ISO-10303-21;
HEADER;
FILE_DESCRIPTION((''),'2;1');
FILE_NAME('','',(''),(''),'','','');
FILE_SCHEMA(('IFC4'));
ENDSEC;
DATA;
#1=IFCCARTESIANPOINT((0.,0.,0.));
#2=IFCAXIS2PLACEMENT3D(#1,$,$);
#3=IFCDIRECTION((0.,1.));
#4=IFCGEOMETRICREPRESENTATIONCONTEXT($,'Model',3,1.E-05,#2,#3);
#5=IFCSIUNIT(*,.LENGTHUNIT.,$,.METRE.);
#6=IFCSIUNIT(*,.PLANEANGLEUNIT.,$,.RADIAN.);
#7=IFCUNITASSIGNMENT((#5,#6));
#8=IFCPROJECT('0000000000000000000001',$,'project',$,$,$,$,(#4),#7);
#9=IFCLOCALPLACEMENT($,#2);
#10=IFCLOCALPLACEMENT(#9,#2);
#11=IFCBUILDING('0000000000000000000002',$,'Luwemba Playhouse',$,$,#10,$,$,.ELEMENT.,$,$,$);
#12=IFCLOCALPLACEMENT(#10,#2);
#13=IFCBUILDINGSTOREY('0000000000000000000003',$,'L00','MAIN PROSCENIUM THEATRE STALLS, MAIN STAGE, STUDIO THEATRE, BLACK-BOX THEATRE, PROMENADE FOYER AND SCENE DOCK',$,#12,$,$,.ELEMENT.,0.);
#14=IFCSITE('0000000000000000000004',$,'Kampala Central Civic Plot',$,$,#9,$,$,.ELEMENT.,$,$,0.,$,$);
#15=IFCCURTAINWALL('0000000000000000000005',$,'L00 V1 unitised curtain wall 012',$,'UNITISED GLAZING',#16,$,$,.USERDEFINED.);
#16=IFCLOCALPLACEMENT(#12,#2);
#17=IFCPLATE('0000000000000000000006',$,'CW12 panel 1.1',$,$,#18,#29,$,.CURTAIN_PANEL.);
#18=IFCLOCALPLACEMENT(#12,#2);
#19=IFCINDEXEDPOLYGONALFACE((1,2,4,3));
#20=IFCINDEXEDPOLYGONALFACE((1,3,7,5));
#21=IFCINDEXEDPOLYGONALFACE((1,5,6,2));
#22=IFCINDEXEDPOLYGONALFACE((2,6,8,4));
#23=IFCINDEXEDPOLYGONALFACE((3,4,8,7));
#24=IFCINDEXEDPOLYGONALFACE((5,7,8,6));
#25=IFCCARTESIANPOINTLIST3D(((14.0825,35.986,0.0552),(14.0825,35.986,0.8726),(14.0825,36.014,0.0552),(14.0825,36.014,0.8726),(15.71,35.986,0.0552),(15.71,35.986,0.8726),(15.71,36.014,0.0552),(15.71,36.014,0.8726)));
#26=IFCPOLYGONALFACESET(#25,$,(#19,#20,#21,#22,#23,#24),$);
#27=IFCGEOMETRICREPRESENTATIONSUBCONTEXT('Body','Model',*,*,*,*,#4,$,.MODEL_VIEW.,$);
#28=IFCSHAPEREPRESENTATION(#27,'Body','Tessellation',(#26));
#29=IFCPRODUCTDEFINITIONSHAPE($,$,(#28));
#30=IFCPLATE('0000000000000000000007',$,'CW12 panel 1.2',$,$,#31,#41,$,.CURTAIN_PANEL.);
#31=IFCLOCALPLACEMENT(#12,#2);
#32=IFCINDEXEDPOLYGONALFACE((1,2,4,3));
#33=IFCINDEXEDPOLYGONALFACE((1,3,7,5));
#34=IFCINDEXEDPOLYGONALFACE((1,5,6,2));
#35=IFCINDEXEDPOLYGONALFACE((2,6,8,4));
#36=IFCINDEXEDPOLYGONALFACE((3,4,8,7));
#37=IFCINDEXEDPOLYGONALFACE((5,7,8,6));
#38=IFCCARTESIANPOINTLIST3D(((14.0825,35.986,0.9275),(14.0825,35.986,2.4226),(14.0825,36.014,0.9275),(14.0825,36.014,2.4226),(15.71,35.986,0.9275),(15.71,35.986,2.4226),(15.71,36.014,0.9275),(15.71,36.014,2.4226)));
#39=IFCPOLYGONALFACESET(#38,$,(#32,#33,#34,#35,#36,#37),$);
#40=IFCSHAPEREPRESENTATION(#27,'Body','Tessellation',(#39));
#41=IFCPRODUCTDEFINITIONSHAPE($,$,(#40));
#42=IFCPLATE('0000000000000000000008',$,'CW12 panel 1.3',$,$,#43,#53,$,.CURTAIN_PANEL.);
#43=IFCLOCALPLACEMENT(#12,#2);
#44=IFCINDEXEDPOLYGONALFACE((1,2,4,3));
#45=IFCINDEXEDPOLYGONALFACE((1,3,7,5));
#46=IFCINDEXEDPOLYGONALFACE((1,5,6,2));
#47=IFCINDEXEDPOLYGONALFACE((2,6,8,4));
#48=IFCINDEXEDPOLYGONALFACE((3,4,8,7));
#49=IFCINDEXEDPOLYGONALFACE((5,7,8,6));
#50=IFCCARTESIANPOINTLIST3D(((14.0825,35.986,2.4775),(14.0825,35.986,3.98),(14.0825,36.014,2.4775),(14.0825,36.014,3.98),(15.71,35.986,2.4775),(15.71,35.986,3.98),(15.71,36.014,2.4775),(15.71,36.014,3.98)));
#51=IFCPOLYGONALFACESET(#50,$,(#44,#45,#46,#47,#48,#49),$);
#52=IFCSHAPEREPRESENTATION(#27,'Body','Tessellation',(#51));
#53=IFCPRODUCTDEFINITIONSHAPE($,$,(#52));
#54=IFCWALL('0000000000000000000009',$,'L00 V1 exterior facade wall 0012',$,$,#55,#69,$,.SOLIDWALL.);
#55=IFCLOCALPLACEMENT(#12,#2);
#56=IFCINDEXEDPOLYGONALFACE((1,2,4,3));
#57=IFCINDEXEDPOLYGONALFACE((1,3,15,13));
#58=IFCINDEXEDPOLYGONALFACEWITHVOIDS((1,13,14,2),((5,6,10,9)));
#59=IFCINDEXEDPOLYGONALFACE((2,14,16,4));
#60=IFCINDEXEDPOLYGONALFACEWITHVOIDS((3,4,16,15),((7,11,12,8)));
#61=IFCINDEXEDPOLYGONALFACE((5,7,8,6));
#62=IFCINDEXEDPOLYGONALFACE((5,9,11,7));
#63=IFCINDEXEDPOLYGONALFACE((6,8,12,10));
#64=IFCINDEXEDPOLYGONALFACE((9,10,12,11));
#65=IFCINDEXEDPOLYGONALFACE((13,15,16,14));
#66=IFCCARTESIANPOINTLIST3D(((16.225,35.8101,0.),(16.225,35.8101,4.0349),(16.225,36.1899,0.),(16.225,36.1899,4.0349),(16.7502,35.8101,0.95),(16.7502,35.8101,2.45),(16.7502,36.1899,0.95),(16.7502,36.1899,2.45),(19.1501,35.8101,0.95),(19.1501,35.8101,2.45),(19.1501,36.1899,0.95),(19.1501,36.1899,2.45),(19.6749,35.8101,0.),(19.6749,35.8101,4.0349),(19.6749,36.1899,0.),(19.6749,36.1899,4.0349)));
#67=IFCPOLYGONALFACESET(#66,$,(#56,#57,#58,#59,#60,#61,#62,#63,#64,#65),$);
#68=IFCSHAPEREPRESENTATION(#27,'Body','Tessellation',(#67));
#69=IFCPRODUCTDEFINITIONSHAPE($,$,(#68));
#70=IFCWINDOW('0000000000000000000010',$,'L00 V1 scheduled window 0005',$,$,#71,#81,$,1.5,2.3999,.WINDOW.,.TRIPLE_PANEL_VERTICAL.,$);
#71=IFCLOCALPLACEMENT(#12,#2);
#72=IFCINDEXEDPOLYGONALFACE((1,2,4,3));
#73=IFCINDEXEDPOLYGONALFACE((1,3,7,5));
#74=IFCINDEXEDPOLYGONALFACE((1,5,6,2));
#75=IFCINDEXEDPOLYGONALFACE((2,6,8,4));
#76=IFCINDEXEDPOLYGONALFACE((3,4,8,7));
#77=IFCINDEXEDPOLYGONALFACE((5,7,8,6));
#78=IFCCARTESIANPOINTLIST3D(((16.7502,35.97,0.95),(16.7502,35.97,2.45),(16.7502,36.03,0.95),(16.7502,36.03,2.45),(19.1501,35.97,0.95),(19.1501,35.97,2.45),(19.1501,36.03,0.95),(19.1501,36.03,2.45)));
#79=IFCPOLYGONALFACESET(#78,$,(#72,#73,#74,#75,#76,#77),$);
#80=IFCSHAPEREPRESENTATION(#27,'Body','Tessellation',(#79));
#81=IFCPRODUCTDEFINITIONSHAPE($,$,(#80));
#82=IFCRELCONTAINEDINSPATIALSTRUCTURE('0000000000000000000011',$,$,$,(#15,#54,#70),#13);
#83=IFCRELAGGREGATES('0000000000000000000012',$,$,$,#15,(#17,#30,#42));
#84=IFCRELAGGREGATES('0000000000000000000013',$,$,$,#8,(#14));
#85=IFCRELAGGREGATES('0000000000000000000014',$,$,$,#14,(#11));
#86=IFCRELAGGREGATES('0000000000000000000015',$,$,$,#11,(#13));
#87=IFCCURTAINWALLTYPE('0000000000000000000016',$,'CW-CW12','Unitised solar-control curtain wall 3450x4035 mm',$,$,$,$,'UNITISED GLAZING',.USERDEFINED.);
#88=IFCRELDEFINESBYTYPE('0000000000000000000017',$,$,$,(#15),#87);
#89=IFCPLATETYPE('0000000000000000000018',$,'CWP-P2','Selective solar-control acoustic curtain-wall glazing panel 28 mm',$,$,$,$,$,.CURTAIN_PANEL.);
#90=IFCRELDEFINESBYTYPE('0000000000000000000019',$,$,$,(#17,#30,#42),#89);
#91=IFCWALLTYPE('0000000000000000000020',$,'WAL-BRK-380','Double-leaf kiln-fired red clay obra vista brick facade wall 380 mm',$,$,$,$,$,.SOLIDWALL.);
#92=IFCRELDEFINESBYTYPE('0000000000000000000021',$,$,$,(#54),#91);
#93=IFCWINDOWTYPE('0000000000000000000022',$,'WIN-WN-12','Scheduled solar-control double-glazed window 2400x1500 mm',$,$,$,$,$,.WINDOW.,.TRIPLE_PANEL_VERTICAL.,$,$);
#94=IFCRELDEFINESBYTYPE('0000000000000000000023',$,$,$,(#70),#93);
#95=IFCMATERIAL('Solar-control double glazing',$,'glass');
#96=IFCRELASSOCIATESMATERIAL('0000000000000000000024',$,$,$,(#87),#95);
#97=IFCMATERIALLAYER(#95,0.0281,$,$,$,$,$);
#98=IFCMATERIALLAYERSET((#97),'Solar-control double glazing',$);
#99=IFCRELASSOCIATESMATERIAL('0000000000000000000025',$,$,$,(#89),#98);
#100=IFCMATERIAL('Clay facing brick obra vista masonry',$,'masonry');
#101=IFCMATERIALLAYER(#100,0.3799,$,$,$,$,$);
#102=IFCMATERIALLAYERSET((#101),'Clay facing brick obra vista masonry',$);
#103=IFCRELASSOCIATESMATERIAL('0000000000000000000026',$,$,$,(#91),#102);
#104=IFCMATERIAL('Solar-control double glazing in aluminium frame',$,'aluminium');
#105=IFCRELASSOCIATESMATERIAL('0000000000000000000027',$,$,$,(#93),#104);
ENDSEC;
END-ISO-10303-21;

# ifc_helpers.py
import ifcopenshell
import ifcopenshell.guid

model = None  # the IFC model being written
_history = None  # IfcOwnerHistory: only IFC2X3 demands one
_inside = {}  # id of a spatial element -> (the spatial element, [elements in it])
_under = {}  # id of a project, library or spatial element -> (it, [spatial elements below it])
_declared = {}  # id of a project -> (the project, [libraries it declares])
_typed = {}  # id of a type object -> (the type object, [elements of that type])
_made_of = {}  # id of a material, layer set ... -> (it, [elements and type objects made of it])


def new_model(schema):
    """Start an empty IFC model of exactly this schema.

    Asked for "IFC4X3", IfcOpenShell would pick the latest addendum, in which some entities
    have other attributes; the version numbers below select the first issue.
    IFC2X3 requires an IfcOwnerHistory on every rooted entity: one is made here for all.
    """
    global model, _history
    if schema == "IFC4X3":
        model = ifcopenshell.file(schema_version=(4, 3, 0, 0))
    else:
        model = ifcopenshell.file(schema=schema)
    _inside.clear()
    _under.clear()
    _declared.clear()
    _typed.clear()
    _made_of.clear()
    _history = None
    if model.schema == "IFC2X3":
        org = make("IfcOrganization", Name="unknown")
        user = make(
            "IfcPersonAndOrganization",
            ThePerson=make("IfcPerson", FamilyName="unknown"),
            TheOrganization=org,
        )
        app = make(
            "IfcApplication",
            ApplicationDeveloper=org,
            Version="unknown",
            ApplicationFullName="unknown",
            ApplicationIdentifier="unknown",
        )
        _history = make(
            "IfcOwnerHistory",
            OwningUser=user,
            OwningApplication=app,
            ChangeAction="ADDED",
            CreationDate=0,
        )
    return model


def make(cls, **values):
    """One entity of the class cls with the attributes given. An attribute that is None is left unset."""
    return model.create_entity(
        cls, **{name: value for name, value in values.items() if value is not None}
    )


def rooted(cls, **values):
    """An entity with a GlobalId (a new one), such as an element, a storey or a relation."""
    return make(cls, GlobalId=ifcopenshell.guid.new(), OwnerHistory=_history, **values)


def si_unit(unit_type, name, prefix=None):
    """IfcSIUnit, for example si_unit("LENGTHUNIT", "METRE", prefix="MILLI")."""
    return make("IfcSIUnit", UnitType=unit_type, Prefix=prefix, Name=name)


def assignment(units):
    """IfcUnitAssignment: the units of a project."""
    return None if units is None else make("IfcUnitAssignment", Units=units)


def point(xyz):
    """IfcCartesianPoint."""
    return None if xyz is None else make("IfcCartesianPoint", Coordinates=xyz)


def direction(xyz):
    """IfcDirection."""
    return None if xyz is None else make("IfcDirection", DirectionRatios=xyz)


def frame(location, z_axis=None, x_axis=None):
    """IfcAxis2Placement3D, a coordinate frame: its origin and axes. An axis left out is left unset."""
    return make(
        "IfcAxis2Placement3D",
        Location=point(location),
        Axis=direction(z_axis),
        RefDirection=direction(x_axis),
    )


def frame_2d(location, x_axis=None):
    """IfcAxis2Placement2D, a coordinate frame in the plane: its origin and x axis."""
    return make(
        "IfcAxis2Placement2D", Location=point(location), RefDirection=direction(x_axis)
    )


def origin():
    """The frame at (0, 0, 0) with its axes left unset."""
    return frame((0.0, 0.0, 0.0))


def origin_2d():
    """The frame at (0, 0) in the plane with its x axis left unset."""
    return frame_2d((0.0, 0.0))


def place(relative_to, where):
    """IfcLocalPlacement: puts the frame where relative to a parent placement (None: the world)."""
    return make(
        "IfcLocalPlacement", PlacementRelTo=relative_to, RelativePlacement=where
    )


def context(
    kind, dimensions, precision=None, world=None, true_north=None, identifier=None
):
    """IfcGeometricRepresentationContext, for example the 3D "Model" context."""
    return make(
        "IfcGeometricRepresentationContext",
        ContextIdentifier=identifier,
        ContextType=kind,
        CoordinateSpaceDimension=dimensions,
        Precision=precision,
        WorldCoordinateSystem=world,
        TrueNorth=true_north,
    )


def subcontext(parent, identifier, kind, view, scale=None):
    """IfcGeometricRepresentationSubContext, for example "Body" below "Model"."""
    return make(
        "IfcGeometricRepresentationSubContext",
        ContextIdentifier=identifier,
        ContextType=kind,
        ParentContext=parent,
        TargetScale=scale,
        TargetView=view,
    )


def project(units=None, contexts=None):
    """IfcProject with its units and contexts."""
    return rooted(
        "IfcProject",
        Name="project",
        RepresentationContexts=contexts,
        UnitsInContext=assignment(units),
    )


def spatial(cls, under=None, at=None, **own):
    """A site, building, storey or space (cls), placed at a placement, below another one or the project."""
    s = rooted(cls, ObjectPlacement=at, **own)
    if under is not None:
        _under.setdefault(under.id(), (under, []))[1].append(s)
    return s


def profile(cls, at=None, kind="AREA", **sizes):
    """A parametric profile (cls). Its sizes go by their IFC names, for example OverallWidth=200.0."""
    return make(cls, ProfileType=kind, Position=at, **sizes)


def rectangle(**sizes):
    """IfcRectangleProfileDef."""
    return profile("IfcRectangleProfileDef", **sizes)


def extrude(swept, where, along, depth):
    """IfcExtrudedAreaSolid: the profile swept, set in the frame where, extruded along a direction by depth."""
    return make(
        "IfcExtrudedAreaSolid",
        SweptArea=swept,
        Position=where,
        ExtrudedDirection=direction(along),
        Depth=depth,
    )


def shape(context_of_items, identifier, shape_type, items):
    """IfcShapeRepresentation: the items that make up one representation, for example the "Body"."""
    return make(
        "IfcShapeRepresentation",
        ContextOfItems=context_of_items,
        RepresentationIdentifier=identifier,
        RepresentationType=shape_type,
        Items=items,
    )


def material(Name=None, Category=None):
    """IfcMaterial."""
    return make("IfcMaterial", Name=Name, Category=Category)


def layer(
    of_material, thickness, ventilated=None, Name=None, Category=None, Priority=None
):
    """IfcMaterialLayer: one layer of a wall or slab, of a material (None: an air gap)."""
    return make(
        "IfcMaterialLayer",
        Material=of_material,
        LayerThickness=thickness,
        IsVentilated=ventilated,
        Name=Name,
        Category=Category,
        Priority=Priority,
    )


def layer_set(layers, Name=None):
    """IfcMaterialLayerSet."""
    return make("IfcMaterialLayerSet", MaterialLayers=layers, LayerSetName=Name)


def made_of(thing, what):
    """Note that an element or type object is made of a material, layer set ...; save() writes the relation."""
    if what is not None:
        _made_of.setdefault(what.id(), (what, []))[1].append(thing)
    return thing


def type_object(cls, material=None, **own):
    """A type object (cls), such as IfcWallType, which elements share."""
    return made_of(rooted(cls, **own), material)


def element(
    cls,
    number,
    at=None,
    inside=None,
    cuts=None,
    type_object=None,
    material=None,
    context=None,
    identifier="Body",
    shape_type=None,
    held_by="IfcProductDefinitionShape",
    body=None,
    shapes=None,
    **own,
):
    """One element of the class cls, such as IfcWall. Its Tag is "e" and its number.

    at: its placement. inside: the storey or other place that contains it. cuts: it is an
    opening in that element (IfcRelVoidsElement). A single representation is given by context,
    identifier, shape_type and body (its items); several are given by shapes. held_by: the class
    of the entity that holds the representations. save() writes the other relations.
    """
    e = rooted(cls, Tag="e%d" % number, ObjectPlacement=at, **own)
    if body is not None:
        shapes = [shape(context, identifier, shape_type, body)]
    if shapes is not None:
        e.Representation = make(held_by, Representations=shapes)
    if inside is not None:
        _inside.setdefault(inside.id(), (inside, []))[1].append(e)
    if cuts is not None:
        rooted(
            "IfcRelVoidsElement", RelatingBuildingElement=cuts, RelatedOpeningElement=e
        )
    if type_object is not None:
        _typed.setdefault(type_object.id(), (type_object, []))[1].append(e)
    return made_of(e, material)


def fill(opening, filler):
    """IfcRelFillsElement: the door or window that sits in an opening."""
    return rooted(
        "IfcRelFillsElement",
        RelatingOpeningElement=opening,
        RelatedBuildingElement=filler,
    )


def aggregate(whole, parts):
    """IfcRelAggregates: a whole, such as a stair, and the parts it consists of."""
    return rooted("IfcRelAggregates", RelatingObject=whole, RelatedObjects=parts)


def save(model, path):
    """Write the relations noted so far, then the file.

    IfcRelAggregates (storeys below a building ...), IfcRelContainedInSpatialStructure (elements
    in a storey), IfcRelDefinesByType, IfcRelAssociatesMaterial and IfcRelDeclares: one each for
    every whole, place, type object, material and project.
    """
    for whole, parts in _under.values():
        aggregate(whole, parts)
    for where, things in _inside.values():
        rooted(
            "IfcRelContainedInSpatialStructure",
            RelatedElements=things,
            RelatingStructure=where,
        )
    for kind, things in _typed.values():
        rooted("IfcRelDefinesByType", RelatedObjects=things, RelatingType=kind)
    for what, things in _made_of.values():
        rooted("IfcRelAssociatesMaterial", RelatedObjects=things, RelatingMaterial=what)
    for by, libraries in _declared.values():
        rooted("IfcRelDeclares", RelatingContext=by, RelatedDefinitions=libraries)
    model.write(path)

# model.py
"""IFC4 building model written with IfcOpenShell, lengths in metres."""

from ifc_helpers import new_model, si_unit, direction, frame, frame_2d, origin, origin_2d, place, context, subcontext, project, spatial, rectangle, extrude, material, layer, layer_set, type_object, element, fill, aggregate, save


model = new_model("IFC4")

# Units and contexts
model_context = context("Model", 3, precision=1e-05, world=origin(), true_north=direction((0.0, 1.0)))
body_context = subcontext(model_context, "Body", "Model", "MODEL_VIEW")
ifc_project = project(units=[si_unit("LENGTHUNIT", "METRE"), si_unit("PLANEANGLEUNIT", "RADIAN")], contexts=[model_context])

# Site, building, storey
site_placement = place(None, origin())
site = spatial("IfcSite", under=ifc_project, at=site_placement, Name="Kampala Central Civic Plot", CompositionType="ELEMENT", RefElevation=0.0)
building_placement = place(site_placement, origin())
building = spatial("IfcBuilding", under=site, at=building_placement, Name="Luwemba Playhouse", CompositionType="ELEMENT")
storey_placement = place(building_placement, origin())
storey = spatial("IfcBuildingStorey", under=building, at=storey_placement, Name="L00", Description="MAIN PROSCENIUM THEATRE STALLS, MAIN STAGE, STUDIO THEATRE, BLACK-BOX THEATRE, PROMENADE FOYER AND SCENE DOCK", CompositionType="ELEMENT", Elevation=0.0)

# Curtain wall
ifc_material_1 = material(Name="Solar-control double glazing", Category="glass")
curtain_wall_type_1 = type_object("IfcCurtainWallType", Name="CW-CW12", Description="Unitised solar-control curtain wall 3450x4035 mm", ElementType="UNITISED GLAZING", PredefinedType="USERDEFINED", material=ifc_material_1)
curtain_wall_1_placement = place(storey_placement, origin())
curtain_wall_1 = element("IfcCurtainWall", 1, at=curtain_wall_1_placement, inside=storey, type_object=curtain_wall_type_1, Name="L00 V1 unitised curtain wall 012", ObjectType="UNITISED GLAZING", PredefinedType="USERDEFINED")

# Plates
ifc_layer_1 = layer(ifc_material_1, 0.0281)
ifc_layer_set_1 = layer_set([ifc_layer_1], Name="Solar-control double glazing")
plate_type_1 = type_object("IfcPlateType", Name="CWP-P2", Description="Selective solar-control acoustic curtain-wall glazing panel 28 mm", PredefinedType="CURTAIN_PANEL", material=ifc_layer_set_1)
plate_1_placement = place(storey_placement, frame((14.8962, 36.0, 0.0552), z_axis=(0.0, 0.0, 1.0), x_axis=(-1.0, 0.0, 0.0)))
plate_1 = element("IfcPlate", 2, at=plate_1_placement, type_object=plate_type_1, Name="CW12 panel 1.1", PredefinedType="CURTAIN_PANEL", context=body_context, shape_type="SweptSolid", body=[
    extrude(rectangle(XDim=1.6274, YDim=0.0281, at=origin_2d()), origin(), (0.0, 0.0, 1.0), 0.8174),
])
plate_2_placement = place(storey_placement, frame((14.8962, 36.0, 0.9275), z_axis=(0.0, 0.0, 1.0), x_axis=(-1.0, 0.0, 0.0)))
plate_2 = element("IfcPlate", 3, at=plate_2_placement, type_object=plate_type_1, Name="CW12 panel 1.2", PredefinedType="CURTAIN_PANEL", context=body_context, shape_type="SweptSolid", body=[
    extrude(rectangle(XDim=1.6274, YDim=0.0281, at=origin_2d()), origin(), (0.0, 0.0, 1.0), 1.4951),
])
plate_3_placement = place(storey_placement, frame((14.8962, 36.0, 2.4775), z_axis=(0.0, 0.0, 1.0), x_axis=(-1.0, 0.0, 0.0)))
plate_3 = element("IfcPlate", 4, at=plate_3_placement, type_object=plate_type_1, Name="CW12 panel 1.3", PredefinedType="CURTAIN_PANEL", context=body_context, shape_type="SweptSolid", body=[
    extrude(rectangle(XDim=1.6274, YDim=0.0281, at=origin_2d()), origin(), (0.0, 0.0, 1.0), 1.5024),
])
aggregate(curtain_wall_1, [plate_1, plate_2, plate_3])

# Wall, opening, window
ifc_material_2 = material(Name="Clay facing brick obra vista masonry", Category="masonry")
ifc_layer_2 = layer(ifc_material_2, 0.3799)
ifc_layer_set_2 = layer_set([ifc_layer_2], Name="Clay facing brick obra vista masonry")
wall_type = type_object("IfcWallType", Name="WAL-BRK-380", Description="Double-leaf kiln-fired red clay obra vista brick facade wall 380 mm", PredefinedType="SOLIDWALL", material=ifc_layer_set_2)
wall_placement = place(storey_placement, frame((19.675, 36.0, 0.0), z_axis=(0.0, 0.0, 1.0), x_axis=(-1.0, 0.0, 0.0)))
wall = element("IfcWall", 5, at=wall_placement, inside=storey, type_object=wall_type, Name="L00 V1 exterior facade wall 0012", PredefinedType="SOLIDWALL", context=body_context, shape_type="SweptSolid", body=[
    extrude(rectangle(XDim=3.45, YDim=0.3799, at=frame_2d((1.7251, 0.0))), origin(), (0.0, 0.0, 1.0), 4.0349),
])
opening_placement = place(wall_placement, frame((0.5249, 0.0, 0.95)))
opening = element("IfcOpeningElement", 6, at=opening_placement, cuts=wall, PredefinedType="OPENING", context=body_context, shape_type="SweptSolid", body=[
    extrude(rectangle(XDim=2.3999, YDim=1.5, at=frame_2d((1.2, 0.75))), frame((0.0, 0.2, 0.0), z_axis=(0.0, -1.0, 0.0), x_axis=(1.0, 0.0, 0.0)), (0.0, 0.0, 1.0), 0.3999),
])
ifc_material_3 = material(Name="Solar-control double glazing in aluminium frame", Category="aluminium")
window_type = type_object("IfcWindowType", Name="WIN-WN-12", Description="Scheduled solar-control double-glazed window 2400x1500 mm", PartitioningType="TRIPLE_PANEL_VERTICAL", PredefinedType="WINDOW", material=ifc_material_3)
window_placement = place(opening_placement, origin())
window = element("IfcWindow", 7, at=window_placement, inside=storey, type_object=window_type, Name="L00 V1 scheduled window 0005", OverallHeight=1.5, OverallWidth=2.3999, PartitioningType="TRIPLE_PANEL_VERTICAL", PredefinedType="WINDOW", context=body_context, shape_type="SweptSolid", body=[
    extrude(rectangle(XDim=2.3999, YDim=1.5, at=frame_2d((1.2, 0.75))), frame((0.0, 0.03, 0.0), z_axis=(0.0, -1.0, 0.0), x_axis=(1.0, 0.0, 0.0)), (0.0, 0.0, 1.0), 0.0601),
])
fill(opening, window)

save(model, "model.ifc")
